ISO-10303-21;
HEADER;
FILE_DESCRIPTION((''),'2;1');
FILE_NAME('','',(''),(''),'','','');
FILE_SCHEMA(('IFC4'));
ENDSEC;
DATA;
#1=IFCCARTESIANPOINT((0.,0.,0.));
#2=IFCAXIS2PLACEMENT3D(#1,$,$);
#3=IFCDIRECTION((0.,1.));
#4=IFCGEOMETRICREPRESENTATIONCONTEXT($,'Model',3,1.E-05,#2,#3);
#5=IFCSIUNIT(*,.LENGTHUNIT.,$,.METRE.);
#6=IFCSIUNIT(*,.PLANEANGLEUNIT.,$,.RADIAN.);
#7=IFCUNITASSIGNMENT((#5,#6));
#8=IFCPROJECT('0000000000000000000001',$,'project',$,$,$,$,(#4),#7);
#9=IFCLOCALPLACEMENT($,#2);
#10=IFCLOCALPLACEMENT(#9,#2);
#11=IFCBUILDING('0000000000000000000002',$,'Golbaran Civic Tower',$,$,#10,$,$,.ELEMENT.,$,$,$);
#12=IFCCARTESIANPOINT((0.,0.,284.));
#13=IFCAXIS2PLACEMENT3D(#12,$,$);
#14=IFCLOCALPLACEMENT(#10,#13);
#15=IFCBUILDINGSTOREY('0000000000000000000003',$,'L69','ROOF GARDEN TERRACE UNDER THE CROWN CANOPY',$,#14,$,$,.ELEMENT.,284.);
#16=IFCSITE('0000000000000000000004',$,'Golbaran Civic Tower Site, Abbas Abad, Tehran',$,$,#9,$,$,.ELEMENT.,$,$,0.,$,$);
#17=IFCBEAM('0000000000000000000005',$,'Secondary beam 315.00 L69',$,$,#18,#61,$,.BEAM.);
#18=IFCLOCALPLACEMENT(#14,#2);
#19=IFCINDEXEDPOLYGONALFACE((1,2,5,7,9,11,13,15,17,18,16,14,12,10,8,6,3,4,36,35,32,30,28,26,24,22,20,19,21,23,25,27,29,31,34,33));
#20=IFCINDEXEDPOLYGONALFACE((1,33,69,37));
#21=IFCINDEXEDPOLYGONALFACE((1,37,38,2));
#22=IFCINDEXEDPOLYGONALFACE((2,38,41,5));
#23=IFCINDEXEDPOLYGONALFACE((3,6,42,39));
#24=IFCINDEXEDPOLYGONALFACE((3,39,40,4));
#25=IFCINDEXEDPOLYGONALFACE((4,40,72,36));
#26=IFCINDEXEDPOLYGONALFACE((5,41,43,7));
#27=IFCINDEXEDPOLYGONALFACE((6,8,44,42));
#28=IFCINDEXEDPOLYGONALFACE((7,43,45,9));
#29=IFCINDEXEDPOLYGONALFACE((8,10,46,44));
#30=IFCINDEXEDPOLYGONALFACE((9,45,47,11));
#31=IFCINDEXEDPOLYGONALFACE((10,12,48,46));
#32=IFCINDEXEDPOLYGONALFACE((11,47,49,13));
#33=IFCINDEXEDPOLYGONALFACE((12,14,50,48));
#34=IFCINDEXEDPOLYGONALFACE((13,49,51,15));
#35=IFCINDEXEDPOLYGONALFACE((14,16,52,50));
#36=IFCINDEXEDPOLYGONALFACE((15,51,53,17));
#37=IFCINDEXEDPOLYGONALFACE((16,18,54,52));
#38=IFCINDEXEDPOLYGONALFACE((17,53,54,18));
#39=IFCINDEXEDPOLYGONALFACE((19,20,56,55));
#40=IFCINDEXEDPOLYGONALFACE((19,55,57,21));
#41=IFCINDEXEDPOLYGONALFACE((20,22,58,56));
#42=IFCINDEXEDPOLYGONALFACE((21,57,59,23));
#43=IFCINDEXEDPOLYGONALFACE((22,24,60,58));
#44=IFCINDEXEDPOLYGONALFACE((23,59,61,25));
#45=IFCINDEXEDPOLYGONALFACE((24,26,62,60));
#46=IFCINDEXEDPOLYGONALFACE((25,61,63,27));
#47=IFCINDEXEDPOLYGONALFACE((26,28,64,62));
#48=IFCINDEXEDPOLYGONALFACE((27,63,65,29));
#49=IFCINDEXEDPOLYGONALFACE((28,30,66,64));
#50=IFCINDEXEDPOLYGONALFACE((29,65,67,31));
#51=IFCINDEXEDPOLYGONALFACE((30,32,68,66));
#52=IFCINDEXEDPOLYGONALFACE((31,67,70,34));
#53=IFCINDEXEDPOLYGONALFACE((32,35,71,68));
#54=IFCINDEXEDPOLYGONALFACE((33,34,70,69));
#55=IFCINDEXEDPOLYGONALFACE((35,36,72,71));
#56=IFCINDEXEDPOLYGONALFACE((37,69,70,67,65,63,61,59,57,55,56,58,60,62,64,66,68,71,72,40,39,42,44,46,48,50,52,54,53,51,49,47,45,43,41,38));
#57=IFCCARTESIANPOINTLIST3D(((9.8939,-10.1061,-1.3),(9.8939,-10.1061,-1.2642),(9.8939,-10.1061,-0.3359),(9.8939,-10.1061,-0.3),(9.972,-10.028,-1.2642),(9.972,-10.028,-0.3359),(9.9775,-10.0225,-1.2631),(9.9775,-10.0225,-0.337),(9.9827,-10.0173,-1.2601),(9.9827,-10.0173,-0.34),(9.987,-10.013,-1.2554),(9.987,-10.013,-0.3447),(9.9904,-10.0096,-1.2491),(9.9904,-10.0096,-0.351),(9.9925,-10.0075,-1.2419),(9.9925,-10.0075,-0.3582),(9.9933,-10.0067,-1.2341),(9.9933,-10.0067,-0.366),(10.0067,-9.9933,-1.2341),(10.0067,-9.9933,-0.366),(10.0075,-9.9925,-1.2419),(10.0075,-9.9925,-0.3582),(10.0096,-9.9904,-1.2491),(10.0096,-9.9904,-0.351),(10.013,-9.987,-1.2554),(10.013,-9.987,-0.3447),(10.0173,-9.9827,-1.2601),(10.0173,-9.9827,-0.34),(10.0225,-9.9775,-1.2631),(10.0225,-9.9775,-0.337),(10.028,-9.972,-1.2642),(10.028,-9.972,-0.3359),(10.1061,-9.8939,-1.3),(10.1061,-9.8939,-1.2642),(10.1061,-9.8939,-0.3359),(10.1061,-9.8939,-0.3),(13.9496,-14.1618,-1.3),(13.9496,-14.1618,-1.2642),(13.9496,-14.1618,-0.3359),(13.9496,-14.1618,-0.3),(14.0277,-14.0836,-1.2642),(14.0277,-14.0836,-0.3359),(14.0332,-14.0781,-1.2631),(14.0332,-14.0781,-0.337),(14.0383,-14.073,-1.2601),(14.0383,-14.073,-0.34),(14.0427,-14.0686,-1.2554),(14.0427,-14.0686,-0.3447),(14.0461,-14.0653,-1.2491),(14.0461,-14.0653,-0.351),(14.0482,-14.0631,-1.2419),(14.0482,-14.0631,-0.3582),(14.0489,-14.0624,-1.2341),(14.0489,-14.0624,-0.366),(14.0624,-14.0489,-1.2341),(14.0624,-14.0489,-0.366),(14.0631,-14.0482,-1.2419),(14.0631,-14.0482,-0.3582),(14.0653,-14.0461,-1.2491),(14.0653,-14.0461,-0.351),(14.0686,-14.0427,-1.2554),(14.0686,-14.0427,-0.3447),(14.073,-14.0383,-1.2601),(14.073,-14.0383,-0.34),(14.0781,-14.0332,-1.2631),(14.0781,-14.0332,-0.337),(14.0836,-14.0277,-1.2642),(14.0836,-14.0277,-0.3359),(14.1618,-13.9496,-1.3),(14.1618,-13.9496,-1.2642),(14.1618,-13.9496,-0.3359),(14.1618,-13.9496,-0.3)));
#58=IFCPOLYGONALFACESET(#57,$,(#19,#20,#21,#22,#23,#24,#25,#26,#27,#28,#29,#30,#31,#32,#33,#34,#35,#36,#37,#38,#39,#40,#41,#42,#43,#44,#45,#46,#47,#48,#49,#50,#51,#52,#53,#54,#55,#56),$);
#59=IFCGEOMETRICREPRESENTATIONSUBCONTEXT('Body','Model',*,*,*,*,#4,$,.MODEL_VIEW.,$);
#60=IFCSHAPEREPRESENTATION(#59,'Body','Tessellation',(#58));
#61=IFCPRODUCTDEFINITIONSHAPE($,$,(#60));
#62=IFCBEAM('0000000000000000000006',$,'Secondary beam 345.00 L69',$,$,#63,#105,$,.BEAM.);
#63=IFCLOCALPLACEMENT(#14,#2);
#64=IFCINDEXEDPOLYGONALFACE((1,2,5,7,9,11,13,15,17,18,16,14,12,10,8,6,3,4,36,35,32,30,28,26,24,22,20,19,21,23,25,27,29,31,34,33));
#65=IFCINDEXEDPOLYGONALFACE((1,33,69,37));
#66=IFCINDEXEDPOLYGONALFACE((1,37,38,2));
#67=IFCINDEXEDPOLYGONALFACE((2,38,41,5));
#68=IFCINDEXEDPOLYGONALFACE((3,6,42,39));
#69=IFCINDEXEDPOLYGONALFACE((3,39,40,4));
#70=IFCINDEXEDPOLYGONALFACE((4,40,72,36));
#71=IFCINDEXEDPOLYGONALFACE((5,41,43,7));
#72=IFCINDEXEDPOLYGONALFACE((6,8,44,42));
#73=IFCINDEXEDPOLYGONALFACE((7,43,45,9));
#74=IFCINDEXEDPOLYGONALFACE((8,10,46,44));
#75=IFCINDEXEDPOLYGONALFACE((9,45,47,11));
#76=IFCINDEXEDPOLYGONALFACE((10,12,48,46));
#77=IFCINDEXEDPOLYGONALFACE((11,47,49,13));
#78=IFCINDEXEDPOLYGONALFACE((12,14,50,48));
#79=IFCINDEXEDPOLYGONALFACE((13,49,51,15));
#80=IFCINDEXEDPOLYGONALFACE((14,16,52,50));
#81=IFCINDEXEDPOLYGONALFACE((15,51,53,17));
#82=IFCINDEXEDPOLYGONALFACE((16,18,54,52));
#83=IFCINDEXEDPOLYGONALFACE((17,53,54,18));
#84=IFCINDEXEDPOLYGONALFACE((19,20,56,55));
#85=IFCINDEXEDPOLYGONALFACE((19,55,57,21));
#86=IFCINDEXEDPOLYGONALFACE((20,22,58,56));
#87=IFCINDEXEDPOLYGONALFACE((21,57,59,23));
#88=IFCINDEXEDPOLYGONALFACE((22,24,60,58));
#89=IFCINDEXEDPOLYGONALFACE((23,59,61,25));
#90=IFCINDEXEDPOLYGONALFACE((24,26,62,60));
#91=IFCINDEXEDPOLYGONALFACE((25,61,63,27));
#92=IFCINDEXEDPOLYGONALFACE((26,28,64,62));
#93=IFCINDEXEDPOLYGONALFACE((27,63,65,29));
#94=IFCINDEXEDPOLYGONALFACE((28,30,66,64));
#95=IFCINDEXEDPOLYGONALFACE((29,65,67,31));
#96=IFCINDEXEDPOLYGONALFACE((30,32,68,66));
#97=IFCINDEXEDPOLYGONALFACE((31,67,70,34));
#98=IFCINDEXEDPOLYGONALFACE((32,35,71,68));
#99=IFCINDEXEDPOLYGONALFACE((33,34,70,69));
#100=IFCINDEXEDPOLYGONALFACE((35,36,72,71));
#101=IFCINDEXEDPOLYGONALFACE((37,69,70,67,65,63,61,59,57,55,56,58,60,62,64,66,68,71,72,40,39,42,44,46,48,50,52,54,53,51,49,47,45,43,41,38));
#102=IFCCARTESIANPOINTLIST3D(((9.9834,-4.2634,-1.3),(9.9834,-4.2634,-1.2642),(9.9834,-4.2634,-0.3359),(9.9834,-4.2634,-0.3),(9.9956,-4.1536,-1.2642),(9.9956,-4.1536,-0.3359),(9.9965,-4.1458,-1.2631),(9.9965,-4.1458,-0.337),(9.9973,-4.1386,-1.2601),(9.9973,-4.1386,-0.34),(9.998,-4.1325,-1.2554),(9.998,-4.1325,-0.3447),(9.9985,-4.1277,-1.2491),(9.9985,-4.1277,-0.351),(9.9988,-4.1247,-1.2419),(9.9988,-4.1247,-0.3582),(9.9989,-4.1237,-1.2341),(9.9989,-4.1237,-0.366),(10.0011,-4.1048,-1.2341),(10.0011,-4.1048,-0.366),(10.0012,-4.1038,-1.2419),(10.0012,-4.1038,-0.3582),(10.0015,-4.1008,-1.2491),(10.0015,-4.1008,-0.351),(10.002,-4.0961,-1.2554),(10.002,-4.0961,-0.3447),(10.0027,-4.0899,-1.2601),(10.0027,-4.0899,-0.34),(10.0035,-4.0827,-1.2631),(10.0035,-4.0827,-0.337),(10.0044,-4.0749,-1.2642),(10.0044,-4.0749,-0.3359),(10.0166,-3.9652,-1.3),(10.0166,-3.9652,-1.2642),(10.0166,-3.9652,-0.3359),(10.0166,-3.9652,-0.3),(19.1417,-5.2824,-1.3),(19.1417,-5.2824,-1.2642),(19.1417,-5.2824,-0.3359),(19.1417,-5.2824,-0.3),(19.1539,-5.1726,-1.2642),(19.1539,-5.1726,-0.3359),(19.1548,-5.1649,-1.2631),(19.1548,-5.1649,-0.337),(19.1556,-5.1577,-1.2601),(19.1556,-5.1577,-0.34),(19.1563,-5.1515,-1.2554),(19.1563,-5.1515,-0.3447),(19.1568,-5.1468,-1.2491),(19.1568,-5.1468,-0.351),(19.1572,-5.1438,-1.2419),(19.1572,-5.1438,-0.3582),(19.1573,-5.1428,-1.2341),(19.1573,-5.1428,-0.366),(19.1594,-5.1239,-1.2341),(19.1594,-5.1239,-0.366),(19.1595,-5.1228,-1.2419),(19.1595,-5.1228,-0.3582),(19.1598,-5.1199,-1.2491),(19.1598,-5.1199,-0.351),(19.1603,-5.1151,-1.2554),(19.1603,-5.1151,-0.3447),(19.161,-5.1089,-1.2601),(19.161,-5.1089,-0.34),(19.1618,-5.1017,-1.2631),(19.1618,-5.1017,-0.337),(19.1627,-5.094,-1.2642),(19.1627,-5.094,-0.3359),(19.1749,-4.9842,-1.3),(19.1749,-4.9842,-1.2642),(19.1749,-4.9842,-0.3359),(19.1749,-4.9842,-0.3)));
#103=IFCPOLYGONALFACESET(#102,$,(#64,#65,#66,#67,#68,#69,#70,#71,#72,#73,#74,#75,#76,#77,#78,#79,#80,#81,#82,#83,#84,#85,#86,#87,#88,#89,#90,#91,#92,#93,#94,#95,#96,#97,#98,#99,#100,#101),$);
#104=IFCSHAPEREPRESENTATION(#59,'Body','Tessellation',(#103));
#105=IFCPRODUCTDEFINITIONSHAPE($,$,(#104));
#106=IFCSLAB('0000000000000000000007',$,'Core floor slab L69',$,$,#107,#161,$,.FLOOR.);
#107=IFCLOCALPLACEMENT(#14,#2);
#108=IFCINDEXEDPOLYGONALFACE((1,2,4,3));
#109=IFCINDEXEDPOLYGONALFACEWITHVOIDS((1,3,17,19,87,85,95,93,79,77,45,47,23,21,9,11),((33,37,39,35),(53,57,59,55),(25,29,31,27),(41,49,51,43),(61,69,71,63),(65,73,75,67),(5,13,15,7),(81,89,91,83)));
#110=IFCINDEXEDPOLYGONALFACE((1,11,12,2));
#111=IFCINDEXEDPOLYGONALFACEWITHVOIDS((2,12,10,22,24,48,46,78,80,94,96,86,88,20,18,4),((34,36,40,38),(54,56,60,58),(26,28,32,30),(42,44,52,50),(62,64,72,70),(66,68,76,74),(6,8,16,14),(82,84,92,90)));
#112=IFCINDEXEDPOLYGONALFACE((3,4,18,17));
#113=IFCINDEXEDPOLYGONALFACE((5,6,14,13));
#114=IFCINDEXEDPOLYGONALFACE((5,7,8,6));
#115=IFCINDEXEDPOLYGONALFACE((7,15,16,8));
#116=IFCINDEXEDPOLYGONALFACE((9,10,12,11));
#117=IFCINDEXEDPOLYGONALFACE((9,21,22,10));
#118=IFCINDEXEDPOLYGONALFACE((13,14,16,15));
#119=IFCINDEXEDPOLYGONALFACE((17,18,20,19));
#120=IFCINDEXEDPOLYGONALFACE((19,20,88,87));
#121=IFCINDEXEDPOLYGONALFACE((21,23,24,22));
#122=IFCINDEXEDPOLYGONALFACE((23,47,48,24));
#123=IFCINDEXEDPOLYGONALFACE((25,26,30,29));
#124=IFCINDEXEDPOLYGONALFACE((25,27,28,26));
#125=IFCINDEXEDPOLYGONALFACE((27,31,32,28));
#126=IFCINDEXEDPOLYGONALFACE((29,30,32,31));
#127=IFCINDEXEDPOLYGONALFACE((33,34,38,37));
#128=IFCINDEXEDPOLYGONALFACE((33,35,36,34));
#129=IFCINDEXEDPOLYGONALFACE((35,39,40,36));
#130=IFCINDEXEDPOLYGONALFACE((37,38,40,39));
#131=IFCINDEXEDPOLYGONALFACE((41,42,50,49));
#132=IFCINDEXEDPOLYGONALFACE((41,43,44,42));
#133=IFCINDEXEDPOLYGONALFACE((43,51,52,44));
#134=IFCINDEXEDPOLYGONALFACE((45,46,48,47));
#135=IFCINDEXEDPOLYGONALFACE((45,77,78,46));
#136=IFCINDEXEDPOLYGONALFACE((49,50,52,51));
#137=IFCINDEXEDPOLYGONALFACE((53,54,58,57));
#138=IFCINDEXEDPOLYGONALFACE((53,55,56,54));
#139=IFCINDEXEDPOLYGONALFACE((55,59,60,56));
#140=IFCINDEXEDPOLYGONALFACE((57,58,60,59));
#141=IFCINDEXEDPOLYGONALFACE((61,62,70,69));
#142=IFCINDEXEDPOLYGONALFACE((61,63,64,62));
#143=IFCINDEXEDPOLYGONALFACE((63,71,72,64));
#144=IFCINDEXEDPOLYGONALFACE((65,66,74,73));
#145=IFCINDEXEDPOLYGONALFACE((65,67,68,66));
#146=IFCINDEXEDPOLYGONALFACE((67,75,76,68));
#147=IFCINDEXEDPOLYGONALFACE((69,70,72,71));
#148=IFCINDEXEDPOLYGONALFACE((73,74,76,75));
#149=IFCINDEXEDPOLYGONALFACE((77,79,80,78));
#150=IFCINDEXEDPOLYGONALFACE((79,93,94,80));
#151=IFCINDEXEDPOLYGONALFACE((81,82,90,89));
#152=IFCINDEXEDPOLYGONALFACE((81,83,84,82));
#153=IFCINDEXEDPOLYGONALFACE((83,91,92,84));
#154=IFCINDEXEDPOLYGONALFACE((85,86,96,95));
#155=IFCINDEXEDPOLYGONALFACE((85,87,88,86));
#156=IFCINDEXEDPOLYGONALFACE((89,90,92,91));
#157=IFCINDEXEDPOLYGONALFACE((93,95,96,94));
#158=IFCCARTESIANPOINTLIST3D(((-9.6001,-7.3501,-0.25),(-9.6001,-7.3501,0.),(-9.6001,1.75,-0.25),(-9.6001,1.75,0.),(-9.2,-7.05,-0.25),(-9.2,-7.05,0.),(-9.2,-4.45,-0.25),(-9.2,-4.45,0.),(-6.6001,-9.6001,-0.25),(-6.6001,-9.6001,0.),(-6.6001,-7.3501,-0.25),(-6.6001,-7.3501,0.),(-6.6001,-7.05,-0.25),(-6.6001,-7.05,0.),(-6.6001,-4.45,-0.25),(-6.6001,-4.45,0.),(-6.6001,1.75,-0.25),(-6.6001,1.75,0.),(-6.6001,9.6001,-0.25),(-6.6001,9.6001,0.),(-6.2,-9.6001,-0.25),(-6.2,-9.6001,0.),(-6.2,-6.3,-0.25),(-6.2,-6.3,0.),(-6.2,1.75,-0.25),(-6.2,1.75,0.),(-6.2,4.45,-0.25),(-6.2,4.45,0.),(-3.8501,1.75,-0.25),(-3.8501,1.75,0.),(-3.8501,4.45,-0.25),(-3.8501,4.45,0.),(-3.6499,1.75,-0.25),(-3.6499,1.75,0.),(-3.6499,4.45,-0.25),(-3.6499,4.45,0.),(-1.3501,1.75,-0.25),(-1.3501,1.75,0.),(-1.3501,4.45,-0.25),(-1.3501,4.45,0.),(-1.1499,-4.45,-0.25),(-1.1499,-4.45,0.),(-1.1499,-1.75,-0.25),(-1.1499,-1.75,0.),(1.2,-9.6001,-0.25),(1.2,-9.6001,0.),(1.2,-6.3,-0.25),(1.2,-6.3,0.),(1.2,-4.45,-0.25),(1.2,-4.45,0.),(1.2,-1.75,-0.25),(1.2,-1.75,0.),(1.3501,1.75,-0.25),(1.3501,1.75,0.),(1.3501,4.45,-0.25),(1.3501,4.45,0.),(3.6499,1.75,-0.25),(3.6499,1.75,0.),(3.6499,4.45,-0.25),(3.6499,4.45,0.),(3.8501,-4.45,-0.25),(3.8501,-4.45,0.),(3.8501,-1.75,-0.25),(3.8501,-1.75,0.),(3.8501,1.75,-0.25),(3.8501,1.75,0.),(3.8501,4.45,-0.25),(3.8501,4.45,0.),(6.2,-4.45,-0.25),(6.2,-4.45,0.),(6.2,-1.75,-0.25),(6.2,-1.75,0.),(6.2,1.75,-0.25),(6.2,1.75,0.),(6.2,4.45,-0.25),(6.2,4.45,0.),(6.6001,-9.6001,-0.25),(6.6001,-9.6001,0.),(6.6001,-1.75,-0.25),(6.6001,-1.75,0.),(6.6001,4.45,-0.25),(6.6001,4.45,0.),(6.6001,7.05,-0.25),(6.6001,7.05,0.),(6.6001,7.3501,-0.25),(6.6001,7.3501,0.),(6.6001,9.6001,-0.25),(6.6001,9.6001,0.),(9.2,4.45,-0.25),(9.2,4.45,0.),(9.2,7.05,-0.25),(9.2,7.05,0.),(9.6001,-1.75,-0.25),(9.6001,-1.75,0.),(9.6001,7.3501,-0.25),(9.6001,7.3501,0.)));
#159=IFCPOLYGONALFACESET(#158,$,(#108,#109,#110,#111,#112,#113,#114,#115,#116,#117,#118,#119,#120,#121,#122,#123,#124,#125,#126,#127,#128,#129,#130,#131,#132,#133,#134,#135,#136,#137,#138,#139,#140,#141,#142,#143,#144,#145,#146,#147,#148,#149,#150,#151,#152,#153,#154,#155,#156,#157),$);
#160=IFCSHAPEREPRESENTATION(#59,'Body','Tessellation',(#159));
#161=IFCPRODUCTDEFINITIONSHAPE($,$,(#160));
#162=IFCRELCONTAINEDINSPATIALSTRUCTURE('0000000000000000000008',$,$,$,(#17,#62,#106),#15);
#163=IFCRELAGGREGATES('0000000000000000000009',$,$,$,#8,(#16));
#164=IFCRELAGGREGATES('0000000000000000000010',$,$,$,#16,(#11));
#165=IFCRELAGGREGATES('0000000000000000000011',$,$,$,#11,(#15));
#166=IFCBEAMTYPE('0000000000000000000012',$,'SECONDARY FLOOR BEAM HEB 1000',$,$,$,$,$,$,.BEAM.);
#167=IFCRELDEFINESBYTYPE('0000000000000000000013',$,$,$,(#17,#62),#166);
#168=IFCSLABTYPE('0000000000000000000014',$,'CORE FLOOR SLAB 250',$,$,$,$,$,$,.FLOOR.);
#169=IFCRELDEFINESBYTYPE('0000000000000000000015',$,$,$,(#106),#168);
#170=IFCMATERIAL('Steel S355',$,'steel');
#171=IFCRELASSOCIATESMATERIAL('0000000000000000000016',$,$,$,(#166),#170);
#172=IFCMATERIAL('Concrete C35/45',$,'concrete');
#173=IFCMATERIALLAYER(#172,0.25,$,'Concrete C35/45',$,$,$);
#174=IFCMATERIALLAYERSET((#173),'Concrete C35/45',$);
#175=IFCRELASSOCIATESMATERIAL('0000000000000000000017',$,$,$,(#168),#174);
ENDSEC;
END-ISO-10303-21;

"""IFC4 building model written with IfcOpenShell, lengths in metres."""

from ifc_helpers import new_model, si_unit, direction, frame, origin, origin_2d, place, context, subcontext, project, spatial, polyline, i_section, outline, extrude, material, layer, layer_set, material_profile, profile_set, type_object, element, save


model = new_model("IFC4")

# Units and contexts
model_context = context("Model", 3, precision=1e-05, world=origin(), true_north=direction((0.0, 1.0)))
body_context = subcontext(model_context, "Body", "Model", "MODEL_VIEW")
ifc_project = project(units=[si_unit("LENGTHUNIT", "METRE"), si_unit("PLANEANGLEUNIT", "RADIAN")], contexts=[model_context])

# Site, building, storey
site_placement = place(None, origin())
site = spatial("IfcSite", under=ifc_project, at=site_placement, Name="Golbaran Civic Tower Site, Abbas Abad, Tehran", CompositionType="ELEMENT", RefElevation=0.0)
building_placement = place(site_placement, origin())
building = spatial("IfcBuilding", under=site, at=building_placement, Name="Golbaran Civic Tower", CompositionType="ELEMENT")
storey_placement = place(building_placement, frame((0.0, 0.0, 284.0)))
storey = spatial("IfcBuildingStorey", under=building, at=storey_placement, Name="L69", Description="ROOF GARDEN TERRACE UNDER THE CROWN CANOPY", CompositionType="ELEMENT", Elevation=284.0)

# Shared definitions
ifc_material_1 = material(Name="Steel S355", Category="steel")

# Beams
ifc_material_profile_1 = material_profile(ifc_material_1, i_section(OverallWidth=0.3, OverallDepth=1.0, WebThickness=0.019, FlangeThickness=0.0359, FilletRadius=0.03, at=origin_2d()), Name="HEB 1000")
ifc_profile_set_1 = profile_set([ifc_material_profile_1], Name="Steel S355")
beam_type_1 = type_object("IfcBeamType", Name="SECONDARY FLOOR BEAM HEB 1000", PredefinedType="BEAM", material=ifc_profile_set_1)
beam_1_placement = place(storey_placement, frame((10.0, -10.0, -0.8), z_axis=(0.707107, -0.707107, 0.0), x_axis=(0.707107, 0.707107, 0.0)))
element("IfcBeam", 1, at=beam_1_placement, inside=storey, type_object=beam_type_1, Name="Secondary beam 315.00 L69", PredefinedType="BEAM", context=body_context, shape_type="SweptSolid", body=[
    extrude(i_section(OverallWidth=0.3, OverallDepth=1.0, WebThickness=0.019, FlangeThickness=0.0359, FilletRadius=0.03, at=origin_2d()), origin(), (0.0, 0.0, 1.0), 5.7356),
])
beam_2_placement = place(storey_placement, frame((10.0, -4.1143, -0.8), z_axis=(0.993866, -0.110589, 0.0), x_axis=(0.110589, 0.993866, 0.0)))
element("IfcBeam", 2, at=beam_2_placement, inside=storey, type_object=beam_type_1, Name="Secondary beam 345.00 L69", PredefinedType="BEAM", context=body_context, shape_type="SweptSolid", body=[
    extrude(i_section(OverallWidth=0.3, OverallDepth=1.0, WebThickness=0.019, FlangeThickness=0.0359, FilletRadius=0.03, at=origin_2d()), origin(), (0.0, 0.0, 1.0), 9.2148),
])

# Slab
ifc_material_2 = material(Name="Concrete C35/45", Category="concrete")
ifc_layer_1 = layer(ifc_material_2, 0.25, Name="Concrete C35/45")
ifc_layer_set_1 = layer_set([ifc_layer_1], Name="Concrete C35/45")
slab_type_1 = type_object("IfcSlabType", Name="CORE FLOOR SLAB 250", PredefinedType="FLOOR", material=ifc_layer_set_1)
slab_1_placement = place(storey_placement, frame((0.0, 0.0, -0.25)))
element("IfcSlab", 3, at=slab_1_placement, inside=storey, type_object=slab_type_1, Name="Core floor slab L69", PredefinedType="FLOOR", context=body_context, shape_type="SweptSolid", body=[
    extrude(outline(polyline([(6.6001, -1.75), (6.6001, -9.6001), (1.2, -9.6001), (1.2, -6.3), (-6.2, -6.3), (-6.2, -9.6001), (-6.6001, -9.6001), (-6.6001, -7.3501), (-9.6001, -7.3501), (-9.6001, 1.75), (-6.6001, 1.75), (-6.6001, 9.6001), (6.6001, 9.6001), (6.6001, 7.3501), (9.6001, 7.3501), (9.6001, -1.75), (6.6001, -1.75)]), holes=[polyline([(9.2, 7.05), (6.6001, 7.05), (6.6001, 4.45), (9.2, 4.45), (9.2, 7.05)]), polyline([(6.2, -1.75), (3.8501, -1.75), (3.8501, -4.45), (6.2, -4.45), (6.2, -1.75)]), polyline([(6.2, 4.45), (3.8501, 4.45), (3.8501, 1.75), (6.2, 1.75), (6.2, 4.45)]), polyline([(3.6499, 4.45), (1.3501, 4.45), (1.3501, 1.75), (3.6499, 1.75), (3.6499, 4.45)]), polyline([(-1.1499, -1.75), (-1.1499, -4.45), (1.2, -4.45), (1.2, -1.75), (-1.1499, -1.75)]), polyline([(-1.3501, 4.45), (-3.6499, 4.45), (-3.6499, 1.75), (-1.3501, 1.75), (-1.3501, 4.45)]), polyline([(-3.8501, 4.45), (-6.2, 4.45), (-6.2, 1.75), (-3.8501, 1.75), (-3.8501, 4.45)]), polyline([(-6.6001, -4.45), (-9.2, -4.45), (-9.2, -7.05), (-6.6001, -7.05), (-6.6001, -4.45)])]), origin(), (0.0, 0.0, 1.0), 0.25),
])

save(model, "model.ifc")
